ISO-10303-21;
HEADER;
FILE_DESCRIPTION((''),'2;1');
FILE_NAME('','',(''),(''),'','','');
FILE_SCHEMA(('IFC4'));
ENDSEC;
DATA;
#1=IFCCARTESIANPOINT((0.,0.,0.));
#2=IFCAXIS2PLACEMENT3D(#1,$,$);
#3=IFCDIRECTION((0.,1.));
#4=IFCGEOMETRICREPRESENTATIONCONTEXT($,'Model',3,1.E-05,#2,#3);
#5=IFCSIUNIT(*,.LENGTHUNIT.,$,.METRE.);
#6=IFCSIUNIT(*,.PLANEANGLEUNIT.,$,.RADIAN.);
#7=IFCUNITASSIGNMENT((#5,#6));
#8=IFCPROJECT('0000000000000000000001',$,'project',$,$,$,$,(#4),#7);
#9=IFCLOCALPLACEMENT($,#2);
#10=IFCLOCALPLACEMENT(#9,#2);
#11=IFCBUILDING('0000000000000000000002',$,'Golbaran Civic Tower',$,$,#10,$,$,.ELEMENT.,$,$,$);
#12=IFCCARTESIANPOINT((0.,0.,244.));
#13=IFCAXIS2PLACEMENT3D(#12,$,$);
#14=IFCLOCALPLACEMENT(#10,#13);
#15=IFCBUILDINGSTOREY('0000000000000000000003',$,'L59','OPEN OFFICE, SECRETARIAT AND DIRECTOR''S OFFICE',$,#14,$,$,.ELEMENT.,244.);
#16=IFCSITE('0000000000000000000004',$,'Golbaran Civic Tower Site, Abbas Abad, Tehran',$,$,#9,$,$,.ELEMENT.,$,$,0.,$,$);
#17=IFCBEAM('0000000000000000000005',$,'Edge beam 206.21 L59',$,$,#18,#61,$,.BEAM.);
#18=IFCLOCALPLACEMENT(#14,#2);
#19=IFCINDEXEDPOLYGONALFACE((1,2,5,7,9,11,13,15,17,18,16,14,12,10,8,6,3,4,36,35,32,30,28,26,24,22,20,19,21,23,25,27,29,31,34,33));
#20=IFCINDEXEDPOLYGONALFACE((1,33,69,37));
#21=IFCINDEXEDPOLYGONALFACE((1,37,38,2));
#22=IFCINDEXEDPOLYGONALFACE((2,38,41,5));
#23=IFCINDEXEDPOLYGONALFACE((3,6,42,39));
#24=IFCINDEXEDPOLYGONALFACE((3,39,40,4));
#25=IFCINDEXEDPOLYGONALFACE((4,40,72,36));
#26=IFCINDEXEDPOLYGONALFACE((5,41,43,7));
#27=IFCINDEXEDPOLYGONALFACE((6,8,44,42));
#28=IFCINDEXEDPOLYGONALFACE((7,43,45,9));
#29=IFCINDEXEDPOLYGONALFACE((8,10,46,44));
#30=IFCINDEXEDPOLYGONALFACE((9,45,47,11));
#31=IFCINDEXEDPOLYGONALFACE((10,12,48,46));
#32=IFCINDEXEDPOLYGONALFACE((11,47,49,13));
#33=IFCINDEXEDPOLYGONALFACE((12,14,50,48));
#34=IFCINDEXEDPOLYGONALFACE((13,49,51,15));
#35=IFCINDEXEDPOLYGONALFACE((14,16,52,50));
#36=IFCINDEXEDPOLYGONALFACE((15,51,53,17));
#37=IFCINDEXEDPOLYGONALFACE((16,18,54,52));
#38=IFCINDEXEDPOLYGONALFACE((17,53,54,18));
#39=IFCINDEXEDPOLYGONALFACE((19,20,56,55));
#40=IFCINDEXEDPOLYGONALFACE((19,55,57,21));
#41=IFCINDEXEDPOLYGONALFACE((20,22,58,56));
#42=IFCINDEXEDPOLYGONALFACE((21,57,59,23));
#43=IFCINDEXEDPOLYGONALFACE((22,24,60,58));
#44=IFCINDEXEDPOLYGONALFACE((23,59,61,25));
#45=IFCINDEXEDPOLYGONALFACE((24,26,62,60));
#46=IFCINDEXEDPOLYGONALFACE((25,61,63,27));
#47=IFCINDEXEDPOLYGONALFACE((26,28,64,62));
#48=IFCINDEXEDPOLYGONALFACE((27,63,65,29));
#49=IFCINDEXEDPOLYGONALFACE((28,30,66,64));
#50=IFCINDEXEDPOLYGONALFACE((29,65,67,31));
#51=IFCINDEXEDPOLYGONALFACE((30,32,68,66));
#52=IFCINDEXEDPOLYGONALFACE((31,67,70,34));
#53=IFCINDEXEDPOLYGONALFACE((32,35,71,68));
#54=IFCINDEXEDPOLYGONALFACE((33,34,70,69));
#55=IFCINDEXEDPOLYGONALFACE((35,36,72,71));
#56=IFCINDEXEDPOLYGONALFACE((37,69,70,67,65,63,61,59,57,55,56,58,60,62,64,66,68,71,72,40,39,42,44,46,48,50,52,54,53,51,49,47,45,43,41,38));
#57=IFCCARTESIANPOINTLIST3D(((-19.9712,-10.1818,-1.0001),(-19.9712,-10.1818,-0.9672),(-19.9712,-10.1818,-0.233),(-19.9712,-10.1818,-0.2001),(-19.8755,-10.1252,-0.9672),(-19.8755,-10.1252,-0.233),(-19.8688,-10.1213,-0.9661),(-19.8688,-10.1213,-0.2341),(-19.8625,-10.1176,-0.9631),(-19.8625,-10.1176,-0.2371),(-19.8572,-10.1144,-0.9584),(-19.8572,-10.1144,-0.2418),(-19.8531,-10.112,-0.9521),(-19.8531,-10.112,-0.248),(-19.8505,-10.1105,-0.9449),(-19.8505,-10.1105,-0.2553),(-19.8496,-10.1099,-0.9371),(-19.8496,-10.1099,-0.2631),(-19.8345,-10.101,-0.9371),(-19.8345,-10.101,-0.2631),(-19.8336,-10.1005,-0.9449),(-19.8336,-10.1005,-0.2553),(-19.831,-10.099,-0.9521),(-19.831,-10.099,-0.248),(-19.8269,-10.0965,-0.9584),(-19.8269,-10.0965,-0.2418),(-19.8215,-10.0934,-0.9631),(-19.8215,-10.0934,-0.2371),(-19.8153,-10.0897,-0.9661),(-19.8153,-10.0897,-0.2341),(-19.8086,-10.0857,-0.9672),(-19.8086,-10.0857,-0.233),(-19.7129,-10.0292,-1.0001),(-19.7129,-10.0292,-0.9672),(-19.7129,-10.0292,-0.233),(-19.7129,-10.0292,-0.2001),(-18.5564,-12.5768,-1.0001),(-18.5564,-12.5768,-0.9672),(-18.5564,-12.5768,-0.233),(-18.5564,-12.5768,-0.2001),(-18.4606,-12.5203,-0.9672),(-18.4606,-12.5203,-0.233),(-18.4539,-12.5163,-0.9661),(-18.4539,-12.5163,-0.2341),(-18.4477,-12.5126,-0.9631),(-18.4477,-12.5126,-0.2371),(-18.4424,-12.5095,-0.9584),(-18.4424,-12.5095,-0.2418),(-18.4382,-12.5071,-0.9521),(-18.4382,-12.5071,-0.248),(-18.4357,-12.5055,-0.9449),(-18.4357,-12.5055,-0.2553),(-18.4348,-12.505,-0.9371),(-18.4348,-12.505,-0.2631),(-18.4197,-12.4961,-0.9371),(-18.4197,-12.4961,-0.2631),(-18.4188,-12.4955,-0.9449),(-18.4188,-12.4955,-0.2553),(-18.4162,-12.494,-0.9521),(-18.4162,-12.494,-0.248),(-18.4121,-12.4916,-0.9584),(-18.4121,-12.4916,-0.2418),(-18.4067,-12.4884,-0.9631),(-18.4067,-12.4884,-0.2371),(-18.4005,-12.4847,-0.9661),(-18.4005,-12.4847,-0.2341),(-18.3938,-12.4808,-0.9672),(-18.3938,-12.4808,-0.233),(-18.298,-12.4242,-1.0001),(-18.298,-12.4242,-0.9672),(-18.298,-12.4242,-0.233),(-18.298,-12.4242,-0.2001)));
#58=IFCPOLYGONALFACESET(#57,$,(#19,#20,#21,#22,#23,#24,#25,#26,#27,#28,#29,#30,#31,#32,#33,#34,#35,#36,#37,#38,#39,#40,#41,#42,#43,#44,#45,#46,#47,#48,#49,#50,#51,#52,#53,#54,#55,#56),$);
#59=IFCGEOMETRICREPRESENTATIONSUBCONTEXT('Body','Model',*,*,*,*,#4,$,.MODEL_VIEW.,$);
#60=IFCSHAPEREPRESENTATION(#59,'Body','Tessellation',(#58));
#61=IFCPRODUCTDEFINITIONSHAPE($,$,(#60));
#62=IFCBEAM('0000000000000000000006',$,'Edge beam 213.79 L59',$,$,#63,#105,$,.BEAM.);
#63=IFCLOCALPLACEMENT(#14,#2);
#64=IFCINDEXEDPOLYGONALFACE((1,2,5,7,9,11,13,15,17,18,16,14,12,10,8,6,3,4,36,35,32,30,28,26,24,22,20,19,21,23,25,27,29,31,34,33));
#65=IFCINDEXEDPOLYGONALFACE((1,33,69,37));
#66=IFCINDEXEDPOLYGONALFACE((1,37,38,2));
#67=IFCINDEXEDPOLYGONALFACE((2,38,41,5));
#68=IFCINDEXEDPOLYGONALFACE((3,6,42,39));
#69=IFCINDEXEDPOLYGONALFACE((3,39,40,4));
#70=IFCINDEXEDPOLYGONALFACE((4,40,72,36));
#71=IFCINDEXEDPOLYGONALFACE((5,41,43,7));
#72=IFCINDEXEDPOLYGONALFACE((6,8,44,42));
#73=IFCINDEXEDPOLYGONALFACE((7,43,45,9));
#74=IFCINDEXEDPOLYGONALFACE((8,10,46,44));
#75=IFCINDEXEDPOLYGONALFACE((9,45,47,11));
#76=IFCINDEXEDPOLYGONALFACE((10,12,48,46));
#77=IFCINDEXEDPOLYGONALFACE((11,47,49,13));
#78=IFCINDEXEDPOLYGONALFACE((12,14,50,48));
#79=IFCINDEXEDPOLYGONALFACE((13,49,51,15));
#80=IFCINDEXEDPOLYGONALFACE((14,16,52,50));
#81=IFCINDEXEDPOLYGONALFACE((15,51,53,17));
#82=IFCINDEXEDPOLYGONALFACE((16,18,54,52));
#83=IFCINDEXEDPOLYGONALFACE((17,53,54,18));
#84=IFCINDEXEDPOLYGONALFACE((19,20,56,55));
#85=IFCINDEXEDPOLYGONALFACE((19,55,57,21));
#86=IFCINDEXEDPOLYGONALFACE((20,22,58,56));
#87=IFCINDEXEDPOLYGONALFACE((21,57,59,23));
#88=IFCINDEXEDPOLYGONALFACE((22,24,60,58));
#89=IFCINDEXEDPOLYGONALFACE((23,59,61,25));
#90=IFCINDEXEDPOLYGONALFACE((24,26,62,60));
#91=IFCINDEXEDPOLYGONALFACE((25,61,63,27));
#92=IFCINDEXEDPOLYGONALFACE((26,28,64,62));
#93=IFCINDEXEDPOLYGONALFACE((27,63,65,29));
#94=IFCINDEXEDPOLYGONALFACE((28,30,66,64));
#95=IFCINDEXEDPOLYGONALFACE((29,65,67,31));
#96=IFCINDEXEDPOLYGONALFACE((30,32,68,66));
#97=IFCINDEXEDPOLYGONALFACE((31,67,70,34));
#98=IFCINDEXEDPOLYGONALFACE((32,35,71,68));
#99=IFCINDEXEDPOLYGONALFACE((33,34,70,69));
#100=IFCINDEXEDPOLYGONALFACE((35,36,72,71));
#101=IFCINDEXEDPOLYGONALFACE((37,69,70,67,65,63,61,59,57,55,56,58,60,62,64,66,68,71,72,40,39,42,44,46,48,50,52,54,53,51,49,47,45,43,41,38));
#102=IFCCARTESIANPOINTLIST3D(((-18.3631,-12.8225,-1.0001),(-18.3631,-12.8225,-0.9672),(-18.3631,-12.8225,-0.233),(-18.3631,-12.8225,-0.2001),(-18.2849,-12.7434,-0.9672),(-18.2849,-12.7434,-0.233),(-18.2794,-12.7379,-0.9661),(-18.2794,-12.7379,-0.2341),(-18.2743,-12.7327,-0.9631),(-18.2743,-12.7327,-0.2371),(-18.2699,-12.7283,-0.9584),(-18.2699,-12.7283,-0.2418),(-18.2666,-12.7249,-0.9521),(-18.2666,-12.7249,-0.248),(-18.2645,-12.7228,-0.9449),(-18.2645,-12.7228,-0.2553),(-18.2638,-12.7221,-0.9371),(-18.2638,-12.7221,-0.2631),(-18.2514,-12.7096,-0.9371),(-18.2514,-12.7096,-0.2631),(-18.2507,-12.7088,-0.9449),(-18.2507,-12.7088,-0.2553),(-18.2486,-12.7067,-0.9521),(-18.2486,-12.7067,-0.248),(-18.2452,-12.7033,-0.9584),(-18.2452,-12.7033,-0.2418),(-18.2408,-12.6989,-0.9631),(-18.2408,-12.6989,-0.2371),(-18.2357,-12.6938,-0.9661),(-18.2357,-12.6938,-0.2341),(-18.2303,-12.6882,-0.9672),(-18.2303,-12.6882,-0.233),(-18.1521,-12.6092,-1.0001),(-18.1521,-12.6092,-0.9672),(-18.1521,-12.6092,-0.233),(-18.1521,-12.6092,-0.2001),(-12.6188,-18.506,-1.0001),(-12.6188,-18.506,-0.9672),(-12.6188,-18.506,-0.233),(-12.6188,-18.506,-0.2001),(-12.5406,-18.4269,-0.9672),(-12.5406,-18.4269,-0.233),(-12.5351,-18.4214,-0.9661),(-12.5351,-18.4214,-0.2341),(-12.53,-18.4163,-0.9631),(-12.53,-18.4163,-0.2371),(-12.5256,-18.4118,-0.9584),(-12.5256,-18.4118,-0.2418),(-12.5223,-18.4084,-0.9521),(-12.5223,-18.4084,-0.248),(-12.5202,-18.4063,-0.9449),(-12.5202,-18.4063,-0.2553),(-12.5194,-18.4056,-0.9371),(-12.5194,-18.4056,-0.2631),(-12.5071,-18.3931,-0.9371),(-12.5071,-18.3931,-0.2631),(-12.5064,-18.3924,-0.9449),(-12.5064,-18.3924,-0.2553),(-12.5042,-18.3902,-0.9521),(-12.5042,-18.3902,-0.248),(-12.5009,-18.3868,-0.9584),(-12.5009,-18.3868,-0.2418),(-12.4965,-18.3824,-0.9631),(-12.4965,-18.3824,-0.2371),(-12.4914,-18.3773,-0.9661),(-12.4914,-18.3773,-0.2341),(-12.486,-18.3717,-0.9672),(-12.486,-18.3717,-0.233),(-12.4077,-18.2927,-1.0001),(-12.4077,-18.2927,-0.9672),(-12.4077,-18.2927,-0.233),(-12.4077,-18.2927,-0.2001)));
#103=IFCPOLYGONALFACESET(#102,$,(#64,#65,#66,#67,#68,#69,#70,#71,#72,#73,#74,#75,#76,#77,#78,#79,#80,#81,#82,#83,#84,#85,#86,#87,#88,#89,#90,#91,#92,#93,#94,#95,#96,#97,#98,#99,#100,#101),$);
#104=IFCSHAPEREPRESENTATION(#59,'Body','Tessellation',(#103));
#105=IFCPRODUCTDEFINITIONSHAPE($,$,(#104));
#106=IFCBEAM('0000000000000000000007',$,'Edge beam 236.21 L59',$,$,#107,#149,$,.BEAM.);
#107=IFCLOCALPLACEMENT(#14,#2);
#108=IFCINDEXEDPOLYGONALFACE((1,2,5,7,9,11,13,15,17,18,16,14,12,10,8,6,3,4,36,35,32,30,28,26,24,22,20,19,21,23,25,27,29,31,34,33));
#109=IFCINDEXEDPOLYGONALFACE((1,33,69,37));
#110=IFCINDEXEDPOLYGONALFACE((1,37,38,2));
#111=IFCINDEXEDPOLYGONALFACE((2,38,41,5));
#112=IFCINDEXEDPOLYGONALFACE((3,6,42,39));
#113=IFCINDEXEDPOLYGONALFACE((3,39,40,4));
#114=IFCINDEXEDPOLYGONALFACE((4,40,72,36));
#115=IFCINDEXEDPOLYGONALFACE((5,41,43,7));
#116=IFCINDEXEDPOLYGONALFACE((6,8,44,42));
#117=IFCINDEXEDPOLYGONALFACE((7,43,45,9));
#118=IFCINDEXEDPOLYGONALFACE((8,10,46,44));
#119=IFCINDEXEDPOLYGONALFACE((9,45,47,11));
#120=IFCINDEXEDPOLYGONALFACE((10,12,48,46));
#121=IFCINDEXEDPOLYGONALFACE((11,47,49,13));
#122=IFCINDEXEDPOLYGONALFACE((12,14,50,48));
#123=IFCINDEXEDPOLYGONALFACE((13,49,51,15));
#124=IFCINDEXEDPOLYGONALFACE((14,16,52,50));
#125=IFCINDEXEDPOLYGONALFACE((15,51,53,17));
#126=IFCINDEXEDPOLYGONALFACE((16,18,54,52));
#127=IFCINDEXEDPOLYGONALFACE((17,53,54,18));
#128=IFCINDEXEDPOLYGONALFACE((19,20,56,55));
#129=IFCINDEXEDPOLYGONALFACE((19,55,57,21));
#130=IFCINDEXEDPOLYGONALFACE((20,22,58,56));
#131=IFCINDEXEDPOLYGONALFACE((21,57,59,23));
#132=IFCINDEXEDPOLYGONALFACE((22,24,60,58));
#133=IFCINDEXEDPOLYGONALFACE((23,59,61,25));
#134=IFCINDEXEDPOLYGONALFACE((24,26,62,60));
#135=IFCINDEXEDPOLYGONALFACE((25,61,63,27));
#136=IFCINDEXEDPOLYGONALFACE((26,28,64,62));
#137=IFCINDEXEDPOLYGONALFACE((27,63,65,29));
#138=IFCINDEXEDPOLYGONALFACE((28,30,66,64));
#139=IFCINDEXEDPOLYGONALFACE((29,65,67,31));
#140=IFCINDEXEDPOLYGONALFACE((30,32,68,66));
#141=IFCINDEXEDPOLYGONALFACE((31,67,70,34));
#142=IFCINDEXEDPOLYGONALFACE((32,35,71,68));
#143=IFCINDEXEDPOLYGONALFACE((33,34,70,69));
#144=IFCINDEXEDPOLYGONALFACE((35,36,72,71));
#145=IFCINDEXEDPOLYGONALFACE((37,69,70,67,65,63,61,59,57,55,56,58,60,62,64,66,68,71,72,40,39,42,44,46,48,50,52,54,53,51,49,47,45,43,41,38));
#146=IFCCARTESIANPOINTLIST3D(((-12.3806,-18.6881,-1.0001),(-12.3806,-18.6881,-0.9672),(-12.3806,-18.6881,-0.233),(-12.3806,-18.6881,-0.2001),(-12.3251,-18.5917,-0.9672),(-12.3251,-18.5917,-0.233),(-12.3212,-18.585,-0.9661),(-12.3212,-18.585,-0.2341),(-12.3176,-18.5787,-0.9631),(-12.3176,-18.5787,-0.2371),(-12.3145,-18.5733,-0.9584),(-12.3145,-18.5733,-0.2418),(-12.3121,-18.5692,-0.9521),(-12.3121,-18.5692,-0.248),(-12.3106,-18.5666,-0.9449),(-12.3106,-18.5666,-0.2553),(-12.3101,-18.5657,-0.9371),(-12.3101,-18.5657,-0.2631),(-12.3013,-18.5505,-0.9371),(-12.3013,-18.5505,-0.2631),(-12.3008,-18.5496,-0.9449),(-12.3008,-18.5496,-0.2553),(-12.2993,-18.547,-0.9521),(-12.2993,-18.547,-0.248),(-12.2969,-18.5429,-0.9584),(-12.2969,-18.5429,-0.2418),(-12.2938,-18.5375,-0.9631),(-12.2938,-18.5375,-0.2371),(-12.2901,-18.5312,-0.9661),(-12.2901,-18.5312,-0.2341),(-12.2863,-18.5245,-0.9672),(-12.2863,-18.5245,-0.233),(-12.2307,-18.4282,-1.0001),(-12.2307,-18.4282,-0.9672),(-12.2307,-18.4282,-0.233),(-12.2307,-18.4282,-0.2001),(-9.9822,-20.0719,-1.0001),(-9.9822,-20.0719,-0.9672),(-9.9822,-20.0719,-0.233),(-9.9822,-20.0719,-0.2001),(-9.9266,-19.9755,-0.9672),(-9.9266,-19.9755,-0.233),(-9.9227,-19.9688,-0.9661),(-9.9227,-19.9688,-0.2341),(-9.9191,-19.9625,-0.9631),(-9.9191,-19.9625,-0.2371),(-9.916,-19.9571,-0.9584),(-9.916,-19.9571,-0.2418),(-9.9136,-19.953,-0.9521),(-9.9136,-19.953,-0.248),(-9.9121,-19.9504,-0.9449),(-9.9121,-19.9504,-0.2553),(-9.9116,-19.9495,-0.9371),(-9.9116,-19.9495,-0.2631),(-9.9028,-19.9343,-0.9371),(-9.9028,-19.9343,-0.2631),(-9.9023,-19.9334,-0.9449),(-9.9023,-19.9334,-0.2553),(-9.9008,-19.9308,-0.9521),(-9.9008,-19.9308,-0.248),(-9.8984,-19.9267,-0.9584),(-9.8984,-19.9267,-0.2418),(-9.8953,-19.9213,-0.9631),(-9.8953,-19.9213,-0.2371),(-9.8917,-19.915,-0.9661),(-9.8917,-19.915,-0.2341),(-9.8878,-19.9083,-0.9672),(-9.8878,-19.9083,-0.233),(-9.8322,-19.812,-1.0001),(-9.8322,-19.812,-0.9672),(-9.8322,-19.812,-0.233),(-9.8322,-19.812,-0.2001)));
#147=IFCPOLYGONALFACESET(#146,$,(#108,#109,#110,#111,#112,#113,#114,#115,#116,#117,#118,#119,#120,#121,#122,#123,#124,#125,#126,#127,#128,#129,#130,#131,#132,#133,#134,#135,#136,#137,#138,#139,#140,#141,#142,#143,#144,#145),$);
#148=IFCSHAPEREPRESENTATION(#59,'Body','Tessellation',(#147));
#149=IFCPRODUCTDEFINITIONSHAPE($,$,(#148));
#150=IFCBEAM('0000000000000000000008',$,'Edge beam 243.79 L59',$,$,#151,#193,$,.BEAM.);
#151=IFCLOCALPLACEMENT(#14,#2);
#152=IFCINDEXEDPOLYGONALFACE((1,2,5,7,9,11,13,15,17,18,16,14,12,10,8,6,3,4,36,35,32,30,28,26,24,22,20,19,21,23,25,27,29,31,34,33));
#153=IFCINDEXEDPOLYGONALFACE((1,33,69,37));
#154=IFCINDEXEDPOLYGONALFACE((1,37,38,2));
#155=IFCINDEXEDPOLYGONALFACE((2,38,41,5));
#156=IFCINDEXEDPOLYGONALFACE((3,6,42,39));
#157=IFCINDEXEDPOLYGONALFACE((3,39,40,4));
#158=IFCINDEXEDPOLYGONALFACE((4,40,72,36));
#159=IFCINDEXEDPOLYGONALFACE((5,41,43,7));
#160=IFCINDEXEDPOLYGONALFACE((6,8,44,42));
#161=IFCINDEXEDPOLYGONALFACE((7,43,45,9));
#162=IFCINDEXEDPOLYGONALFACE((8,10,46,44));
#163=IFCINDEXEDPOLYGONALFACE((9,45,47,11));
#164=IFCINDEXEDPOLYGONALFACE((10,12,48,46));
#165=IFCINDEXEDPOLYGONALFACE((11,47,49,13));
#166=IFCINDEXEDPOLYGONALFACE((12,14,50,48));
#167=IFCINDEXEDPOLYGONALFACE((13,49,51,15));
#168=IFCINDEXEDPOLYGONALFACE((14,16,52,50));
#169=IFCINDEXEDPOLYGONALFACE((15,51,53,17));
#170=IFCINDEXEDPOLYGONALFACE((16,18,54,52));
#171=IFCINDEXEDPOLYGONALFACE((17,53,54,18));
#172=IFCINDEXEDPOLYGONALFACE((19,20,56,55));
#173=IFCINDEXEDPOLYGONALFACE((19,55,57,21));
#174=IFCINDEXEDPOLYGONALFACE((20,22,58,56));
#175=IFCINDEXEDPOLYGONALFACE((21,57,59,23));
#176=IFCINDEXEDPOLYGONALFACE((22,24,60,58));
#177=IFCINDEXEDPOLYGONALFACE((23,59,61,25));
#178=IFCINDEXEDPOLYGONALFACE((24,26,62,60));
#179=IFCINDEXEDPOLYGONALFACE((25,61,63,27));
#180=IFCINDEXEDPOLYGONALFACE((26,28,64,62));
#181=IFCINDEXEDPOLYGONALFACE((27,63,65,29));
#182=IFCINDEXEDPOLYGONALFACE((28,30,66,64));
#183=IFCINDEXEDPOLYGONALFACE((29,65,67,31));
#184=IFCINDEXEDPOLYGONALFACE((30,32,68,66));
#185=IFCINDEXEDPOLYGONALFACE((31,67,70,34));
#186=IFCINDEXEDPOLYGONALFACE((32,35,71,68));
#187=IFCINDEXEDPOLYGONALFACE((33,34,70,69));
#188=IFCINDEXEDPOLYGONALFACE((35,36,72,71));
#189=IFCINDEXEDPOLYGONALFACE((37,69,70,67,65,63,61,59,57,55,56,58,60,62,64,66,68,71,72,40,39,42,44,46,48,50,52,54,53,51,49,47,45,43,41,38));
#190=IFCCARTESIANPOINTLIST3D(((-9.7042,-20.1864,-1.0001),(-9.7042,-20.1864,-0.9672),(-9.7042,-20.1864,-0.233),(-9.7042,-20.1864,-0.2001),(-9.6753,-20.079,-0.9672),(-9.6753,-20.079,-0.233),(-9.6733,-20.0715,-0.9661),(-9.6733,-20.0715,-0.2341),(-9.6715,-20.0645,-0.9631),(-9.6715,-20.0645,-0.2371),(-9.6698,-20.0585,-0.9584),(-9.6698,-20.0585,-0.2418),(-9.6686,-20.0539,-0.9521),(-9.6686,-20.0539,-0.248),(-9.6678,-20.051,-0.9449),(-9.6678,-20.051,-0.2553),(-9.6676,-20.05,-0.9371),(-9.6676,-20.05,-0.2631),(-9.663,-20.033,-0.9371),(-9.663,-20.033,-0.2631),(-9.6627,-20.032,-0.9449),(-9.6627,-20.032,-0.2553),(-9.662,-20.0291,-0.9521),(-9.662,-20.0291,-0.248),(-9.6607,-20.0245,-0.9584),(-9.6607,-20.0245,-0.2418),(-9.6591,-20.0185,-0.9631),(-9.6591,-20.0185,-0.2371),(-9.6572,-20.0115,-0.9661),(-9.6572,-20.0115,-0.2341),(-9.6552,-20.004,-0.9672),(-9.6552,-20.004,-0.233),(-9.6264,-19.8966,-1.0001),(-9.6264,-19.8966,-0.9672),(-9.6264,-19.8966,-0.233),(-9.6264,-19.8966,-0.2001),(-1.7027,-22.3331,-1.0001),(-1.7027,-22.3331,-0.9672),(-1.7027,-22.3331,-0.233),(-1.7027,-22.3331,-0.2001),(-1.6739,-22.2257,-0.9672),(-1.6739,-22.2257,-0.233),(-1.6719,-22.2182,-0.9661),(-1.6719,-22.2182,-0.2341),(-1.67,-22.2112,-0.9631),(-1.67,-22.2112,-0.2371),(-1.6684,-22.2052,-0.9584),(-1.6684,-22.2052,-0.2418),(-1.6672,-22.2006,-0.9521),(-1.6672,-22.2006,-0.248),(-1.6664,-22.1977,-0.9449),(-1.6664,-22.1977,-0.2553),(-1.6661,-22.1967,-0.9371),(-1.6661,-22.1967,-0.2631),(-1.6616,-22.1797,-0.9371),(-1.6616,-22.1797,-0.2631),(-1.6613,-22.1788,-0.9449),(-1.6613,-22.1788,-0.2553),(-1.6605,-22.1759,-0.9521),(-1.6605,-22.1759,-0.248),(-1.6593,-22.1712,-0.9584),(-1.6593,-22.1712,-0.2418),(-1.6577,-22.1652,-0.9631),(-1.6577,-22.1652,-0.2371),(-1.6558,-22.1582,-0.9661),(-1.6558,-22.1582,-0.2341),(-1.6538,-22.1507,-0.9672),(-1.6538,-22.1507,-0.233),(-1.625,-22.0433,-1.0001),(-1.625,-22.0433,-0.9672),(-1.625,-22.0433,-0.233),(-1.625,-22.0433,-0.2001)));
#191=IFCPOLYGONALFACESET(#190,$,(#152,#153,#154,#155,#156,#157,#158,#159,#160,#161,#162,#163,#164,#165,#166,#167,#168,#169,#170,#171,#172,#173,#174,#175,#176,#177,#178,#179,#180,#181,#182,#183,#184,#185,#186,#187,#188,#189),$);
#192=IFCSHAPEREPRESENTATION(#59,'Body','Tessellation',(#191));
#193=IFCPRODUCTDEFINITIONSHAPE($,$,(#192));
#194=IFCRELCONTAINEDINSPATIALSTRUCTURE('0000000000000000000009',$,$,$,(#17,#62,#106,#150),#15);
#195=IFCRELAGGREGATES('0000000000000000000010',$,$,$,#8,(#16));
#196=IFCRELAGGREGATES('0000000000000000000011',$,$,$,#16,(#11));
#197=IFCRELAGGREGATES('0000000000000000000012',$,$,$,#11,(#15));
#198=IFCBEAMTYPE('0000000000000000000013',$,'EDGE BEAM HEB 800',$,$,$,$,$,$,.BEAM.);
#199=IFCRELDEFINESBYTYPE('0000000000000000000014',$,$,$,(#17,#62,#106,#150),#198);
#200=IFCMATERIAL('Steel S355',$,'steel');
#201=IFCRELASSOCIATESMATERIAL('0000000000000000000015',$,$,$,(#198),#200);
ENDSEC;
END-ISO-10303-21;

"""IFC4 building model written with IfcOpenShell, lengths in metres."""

from ifc_helpers import new_model, si_unit, direction, frame, origin, origin_2d, place, context, subcontext, project, spatial, i_section, extrude, material, material_profile, profile_set, type_object, element, save


model = new_model("IFC4")

# Units and contexts
model_context = context("Model", 3, precision=1e-05, world=origin(), true_north=direction((0.0, 1.0)))
body_context = subcontext(model_context, "Body", "Model", "MODEL_VIEW")
ifc_project = project(units=[si_unit("LENGTHUNIT", "METRE"), si_unit("PLANEANGLEUNIT", "RADIAN")], contexts=[model_context])

# Site, building, storey
site_placement = place(None, origin())
site = spatial("IfcSite", under=ifc_project, at=site_placement, Name="Golbaran Civic Tower Site, Abbas Abad, Tehran", CompositionType="ELEMENT", RefElevation=0.0)
building_placement = place(site_placement, origin())
building = spatial("IfcBuilding", under=site, at=building_placement, Name="Golbaran Civic Tower", CompositionType="ELEMENT")
storey_placement = place(building_placement, frame((0.0, 0.0, 244.0)))
storey = spatial("IfcBuildingStorey", under=building, at=storey_placement, Name="L59", Description="OPEN OFFICE, SECRETARIAT AND DIRECTOR'S OFFICE", CompositionType="ELEMENT", Elevation=244.0)

# Beams
ifc_material_1 = material(Name="Steel S355", Category="steel")
ifc_material_profile_1 = material_profile(ifc_material_1, i_section(OverallWidth=0.3, OverallDepth=0.8, WebThickness=0.0176, FlangeThickness=0.033, FilletRadius=0.03, at=origin_2d()), Name="HEB 800")
ifc_profile_set_1 = profile_set([ifc_material_profile_1], Name="Steel S355")
beam_type_1 = type_object("IfcBeamType", Name="EDGE BEAM HEB 800", PredefinedType="BEAM", material=ifc_profile_set_1)
beam_1_placement = place(storey_placement, frame((-19.842, -10.1055, -0.6001), z_axis=(0.508611, -0.860996, 0.0), x_axis=(0.860996, 0.508611, 0.0)))
element("IfcBeam", 1, at=beam_1_placement, inside=storey, type_object=beam_type_1, Name="Edge beam 206.21 L59", PredefinedType="BEAM", context=body_context, shape_type="SweptSolid", body=[
    extrude(i_section(OverallWidth=0.3, OverallDepth=0.8, WebThickness=0.0176, FlangeThickness=0.033, FilletRadius=0.03, at=origin_2d()), origin(), (0.0, 0.0, 1.0), 2.7817),
])
beam_2_placement = place(storey_placement, frame((-18.2576, -12.7158, -0.6001), z_axis=(0.710858, -0.703335, 0.0), x_axis=(0.703335, 0.710858, 0.0)))
element("IfcBeam", 2, at=beam_2_placement, inside=storey, type_object=beam_type_1, Name="Edge beam 213.79 L59", PredefinedType="BEAM", context=body_context, shape_type="SweptSolid", body=[
    extrude(i_section(OverallWidth=0.3, OverallDepth=0.8, WebThickness=0.0176, FlangeThickness=0.033, FilletRadius=0.03, at=origin_2d()), origin(), (0.0, 0.0, 1.0), 8.0808),
])
beam_3_placement = place(storey_placement, frame((-12.3057, -18.5581, -0.6001), z_axis=(0.866174, -0.499743, 0.0), x_axis=(0.499743, 0.866174, 0.0)))
element("IfcBeam", 3, at=beam_3_placement, inside=storey, type_object=beam_type_1, Name="Edge beam 236.21 L59", PredefinedType="BEAM", context=body_context, shape_type="SweptSolid", body=[
    extrude(i_section(OverallWidth=0.3, OverallDepth=0.8, WebThickness=0.0176, FlangeThickness=0.033, FilletRadius=0.03, at=origin_2d()), origin(), (0.0, 0.0, 1.0), 2.769),
])
beam_4_placement = place(storey_placement, frame((-9.6653, -20.0415, -0.6001), z_axis=(0.965843, -0.259128, 0.0), x_axis=(0.259128, 0.965843, 0.0)))
element("IfcBeam", 4, at=beam_4_placement, inside=storey, type_object=beam_type_1, Name="Edge beam 243.79 L59", PredefinedType="BEAM", context=body_context, shape_type="SweptSolid", body=[
    extrude(i_section(OverallWidth=0.3, OverallDepth=0.8, WebThickness=0.0176, FlangeThickness=0.033, FilletRadius=0.03, at=origin_2d()), origin(), (0.0, 0.0, 1.0), 8.2844),
])

save(model, "model.ifc")
